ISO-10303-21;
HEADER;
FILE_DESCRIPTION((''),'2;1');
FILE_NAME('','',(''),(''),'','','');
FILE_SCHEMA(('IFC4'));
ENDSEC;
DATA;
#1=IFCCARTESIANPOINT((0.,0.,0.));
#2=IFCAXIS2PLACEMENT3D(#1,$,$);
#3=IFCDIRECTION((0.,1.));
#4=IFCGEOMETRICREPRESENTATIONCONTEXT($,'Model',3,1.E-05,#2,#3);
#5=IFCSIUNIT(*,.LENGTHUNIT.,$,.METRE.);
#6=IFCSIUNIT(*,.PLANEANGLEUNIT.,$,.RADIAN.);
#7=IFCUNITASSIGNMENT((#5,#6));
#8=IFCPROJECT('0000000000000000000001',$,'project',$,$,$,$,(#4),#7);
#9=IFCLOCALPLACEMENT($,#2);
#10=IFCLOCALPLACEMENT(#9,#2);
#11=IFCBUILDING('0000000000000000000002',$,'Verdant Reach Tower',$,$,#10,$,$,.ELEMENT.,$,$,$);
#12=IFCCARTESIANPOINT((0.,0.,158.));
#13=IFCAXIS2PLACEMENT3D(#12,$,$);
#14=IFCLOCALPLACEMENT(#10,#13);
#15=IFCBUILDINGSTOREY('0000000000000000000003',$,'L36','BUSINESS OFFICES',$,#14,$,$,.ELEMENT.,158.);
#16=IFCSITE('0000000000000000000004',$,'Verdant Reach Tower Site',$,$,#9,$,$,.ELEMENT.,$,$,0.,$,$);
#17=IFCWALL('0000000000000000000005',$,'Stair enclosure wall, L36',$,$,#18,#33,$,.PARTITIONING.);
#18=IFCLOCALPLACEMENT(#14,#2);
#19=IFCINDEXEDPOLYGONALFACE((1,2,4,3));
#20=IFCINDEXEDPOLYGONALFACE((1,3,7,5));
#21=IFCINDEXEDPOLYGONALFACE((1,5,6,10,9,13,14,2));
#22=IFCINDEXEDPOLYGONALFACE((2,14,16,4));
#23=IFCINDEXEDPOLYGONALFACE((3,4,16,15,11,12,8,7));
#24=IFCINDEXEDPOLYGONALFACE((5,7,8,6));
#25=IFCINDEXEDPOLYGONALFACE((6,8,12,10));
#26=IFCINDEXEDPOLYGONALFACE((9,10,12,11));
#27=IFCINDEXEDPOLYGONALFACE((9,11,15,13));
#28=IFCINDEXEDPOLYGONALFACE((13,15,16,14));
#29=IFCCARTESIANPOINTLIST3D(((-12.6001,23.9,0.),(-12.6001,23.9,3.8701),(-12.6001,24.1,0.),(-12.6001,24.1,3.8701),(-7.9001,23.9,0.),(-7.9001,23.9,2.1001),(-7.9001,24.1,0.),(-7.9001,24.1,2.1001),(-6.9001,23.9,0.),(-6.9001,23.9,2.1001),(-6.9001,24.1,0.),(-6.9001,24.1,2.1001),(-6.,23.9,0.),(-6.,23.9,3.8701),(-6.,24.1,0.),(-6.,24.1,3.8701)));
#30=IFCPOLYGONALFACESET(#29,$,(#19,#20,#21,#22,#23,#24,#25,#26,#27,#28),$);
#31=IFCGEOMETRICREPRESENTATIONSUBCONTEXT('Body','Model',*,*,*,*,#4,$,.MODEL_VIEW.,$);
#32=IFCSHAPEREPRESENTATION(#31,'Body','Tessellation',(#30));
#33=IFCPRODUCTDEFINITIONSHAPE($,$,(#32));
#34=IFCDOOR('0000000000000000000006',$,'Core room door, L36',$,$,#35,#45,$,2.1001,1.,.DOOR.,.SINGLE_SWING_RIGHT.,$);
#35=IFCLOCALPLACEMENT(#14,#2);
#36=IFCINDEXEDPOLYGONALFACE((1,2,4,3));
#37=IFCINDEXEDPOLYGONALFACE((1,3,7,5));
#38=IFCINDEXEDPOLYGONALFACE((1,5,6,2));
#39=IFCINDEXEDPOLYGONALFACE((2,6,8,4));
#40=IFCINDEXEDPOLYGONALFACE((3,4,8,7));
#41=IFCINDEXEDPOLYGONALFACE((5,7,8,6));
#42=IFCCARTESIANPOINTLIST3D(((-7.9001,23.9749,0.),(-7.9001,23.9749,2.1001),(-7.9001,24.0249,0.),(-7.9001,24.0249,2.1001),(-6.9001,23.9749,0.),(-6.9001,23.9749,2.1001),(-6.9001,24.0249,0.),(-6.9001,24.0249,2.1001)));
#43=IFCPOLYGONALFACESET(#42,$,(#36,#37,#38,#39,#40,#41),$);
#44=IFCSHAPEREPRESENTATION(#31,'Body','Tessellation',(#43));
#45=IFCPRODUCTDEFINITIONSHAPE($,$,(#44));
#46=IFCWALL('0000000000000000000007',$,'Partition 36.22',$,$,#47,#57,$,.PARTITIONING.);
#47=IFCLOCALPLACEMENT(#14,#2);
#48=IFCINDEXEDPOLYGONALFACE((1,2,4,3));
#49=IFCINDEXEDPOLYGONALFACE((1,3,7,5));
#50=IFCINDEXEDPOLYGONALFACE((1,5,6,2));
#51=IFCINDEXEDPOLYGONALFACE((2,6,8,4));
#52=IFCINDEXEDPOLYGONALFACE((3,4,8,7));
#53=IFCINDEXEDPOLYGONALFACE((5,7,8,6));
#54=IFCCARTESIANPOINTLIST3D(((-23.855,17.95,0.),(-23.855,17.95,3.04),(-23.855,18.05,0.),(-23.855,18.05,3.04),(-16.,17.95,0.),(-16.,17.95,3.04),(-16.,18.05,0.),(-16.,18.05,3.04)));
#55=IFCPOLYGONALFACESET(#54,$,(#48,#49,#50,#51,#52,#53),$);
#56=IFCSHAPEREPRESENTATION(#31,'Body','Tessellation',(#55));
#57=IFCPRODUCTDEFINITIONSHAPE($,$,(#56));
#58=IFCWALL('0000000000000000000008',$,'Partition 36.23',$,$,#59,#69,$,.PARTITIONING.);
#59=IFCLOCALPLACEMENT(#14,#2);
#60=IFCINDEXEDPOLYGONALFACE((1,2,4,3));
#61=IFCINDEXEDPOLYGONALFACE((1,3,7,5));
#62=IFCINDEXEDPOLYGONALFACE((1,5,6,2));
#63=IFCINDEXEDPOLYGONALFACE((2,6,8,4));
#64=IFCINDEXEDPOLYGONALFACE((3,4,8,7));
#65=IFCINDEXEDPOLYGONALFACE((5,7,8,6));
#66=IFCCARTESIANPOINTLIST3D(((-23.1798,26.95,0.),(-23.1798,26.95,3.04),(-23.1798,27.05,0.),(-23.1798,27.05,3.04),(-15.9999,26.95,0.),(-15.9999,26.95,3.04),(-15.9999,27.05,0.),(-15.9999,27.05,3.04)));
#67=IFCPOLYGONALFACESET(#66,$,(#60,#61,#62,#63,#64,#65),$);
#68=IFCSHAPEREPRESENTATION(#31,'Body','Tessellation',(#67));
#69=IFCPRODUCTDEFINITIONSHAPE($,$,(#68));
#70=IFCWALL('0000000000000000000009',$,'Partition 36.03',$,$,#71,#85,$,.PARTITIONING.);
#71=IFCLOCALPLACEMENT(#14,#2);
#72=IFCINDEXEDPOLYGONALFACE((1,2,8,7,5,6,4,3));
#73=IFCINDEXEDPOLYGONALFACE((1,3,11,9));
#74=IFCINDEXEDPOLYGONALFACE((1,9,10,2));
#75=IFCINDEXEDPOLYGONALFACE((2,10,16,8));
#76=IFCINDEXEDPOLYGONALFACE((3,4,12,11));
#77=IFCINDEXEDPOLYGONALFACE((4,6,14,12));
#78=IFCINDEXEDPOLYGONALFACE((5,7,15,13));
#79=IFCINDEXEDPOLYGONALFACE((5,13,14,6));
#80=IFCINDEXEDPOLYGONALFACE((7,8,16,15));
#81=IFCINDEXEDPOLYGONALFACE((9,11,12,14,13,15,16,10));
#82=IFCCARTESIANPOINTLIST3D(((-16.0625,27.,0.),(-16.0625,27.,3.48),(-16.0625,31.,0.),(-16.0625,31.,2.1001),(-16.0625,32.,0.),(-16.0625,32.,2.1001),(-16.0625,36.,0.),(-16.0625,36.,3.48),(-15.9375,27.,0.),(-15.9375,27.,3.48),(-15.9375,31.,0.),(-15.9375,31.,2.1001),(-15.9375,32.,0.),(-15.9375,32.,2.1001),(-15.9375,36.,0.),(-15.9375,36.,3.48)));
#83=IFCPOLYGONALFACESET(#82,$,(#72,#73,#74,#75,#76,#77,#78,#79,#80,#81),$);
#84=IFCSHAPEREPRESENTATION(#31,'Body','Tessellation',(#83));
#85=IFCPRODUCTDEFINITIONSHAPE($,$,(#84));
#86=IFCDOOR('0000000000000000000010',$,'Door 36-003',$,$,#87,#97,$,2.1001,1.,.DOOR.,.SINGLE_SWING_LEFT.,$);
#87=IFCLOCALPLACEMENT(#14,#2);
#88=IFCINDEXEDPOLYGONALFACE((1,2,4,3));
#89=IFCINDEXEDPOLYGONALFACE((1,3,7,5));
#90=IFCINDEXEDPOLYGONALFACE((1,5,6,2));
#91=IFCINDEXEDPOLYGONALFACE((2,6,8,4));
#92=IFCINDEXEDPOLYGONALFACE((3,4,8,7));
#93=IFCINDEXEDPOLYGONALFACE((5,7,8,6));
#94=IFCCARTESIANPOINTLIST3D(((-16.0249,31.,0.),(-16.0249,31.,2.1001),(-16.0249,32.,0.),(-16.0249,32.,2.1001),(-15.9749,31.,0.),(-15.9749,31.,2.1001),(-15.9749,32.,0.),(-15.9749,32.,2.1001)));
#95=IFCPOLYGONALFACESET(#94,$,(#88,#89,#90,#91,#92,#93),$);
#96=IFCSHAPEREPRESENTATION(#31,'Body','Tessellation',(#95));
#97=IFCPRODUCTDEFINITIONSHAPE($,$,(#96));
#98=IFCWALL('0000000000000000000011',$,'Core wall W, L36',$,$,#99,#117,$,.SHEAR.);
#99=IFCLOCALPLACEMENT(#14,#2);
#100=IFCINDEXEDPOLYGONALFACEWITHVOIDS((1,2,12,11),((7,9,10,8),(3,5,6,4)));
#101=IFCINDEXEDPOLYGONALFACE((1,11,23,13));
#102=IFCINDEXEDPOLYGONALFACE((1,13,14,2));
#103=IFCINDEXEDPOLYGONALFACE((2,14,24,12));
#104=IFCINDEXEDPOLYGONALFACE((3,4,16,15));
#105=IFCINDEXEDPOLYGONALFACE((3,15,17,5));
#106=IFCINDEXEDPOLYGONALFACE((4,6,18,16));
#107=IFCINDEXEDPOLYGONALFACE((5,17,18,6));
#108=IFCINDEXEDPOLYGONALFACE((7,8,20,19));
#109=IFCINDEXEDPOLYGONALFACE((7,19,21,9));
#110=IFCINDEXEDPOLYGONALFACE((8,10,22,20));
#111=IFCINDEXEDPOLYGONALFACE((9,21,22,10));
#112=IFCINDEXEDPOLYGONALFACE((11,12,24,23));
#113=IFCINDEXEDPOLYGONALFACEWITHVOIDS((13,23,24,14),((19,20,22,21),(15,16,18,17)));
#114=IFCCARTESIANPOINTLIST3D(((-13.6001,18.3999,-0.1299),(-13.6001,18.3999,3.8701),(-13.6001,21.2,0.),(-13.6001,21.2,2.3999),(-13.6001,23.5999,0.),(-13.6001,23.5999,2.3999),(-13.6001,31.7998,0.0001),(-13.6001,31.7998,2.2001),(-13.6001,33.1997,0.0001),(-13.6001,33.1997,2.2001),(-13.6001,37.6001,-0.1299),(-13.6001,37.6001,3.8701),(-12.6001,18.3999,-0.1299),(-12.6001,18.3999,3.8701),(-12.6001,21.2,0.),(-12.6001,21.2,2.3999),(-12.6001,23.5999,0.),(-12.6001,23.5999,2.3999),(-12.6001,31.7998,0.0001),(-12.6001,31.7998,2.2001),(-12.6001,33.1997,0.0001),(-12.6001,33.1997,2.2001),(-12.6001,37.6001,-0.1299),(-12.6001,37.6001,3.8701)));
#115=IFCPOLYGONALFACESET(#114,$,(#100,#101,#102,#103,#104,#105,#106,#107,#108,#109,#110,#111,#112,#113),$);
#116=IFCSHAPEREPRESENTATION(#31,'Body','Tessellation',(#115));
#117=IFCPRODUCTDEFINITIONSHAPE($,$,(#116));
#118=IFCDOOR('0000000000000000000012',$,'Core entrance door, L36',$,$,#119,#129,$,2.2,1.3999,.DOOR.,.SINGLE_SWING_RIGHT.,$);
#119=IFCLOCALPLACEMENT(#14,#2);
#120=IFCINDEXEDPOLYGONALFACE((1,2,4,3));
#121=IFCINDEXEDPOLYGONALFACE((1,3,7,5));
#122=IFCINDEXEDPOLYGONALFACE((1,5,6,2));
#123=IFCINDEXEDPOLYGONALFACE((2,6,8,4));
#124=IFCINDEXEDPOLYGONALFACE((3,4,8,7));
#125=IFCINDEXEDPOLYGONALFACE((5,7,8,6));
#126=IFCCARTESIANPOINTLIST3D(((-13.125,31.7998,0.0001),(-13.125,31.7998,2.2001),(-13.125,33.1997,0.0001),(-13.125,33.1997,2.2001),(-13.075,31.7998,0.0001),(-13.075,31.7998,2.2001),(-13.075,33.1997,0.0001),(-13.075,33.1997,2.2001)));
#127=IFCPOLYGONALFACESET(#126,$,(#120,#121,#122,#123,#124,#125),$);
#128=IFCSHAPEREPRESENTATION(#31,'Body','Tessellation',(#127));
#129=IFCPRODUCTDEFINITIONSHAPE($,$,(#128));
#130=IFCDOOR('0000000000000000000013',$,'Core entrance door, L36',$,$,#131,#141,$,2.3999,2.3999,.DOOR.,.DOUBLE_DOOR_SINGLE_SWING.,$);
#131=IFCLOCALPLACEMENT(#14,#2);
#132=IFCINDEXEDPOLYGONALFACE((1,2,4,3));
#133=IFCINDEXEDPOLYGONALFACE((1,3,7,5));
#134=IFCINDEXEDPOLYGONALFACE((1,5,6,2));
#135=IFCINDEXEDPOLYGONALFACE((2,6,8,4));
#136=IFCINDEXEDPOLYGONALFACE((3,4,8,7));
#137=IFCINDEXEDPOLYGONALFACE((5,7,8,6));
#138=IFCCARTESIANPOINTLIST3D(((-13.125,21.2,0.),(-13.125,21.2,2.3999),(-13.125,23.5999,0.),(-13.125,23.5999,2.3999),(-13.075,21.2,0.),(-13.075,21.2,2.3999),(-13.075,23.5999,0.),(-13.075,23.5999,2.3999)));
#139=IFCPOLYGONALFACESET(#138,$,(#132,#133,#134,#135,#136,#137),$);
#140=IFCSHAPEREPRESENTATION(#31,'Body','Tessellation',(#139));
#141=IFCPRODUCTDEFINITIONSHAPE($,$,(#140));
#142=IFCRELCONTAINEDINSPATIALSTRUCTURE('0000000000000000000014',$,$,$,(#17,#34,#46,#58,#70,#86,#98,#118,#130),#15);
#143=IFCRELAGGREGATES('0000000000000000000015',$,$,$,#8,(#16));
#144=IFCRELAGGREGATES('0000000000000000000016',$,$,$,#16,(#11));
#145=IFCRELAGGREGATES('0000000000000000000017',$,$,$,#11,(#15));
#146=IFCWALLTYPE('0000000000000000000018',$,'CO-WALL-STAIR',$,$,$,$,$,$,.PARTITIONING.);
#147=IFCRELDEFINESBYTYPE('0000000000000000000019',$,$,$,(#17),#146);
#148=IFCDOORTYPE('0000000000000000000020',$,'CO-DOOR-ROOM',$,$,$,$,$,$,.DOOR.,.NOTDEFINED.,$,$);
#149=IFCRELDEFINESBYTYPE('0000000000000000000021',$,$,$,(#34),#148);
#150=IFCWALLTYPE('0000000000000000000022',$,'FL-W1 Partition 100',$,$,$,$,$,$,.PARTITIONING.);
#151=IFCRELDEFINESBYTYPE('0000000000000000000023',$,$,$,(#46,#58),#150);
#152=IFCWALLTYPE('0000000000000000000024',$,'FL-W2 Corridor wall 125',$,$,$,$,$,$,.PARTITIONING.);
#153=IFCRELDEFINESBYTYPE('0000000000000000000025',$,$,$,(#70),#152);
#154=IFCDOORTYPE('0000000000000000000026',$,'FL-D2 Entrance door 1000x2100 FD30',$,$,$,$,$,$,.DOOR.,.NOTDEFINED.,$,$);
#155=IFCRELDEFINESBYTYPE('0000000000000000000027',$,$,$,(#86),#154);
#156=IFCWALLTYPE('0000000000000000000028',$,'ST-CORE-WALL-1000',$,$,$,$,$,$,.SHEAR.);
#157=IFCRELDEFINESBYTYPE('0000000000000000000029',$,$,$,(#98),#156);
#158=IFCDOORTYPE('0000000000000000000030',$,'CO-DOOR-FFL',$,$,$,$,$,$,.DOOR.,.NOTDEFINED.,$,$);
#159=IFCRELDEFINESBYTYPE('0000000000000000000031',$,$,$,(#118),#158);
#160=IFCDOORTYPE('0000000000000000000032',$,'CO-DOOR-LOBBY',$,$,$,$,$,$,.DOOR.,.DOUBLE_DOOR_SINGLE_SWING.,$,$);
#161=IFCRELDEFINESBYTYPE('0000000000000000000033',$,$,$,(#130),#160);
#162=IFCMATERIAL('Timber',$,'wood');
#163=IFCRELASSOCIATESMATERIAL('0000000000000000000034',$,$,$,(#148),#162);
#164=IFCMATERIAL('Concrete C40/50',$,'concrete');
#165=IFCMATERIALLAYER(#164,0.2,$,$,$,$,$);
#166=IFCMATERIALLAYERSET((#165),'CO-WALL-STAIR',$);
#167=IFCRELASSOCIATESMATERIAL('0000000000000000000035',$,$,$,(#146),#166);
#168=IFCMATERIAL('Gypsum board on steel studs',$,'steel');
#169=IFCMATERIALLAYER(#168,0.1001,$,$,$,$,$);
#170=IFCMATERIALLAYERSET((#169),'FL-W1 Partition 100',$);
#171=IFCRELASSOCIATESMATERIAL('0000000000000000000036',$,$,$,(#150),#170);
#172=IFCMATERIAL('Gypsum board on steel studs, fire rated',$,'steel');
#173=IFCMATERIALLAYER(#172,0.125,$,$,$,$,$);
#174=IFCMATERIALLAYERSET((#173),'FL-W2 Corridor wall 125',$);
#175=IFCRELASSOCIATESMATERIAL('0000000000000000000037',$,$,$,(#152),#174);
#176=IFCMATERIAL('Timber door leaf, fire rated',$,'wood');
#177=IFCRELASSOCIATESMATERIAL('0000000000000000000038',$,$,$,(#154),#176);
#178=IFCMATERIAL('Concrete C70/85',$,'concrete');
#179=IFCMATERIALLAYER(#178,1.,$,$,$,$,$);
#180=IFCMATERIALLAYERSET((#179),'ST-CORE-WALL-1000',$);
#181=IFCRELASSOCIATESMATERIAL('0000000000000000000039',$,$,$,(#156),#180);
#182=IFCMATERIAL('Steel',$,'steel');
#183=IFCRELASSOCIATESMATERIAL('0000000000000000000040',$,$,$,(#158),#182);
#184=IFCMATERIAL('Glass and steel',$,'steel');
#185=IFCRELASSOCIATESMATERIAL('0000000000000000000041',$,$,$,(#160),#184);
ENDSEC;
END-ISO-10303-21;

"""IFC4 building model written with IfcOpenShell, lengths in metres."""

from ifc_helpers import new_model, si_unit, direction, frame, frame_2d, origin, place, context, subcontext, project, spatial, rectangle, extrude, material, layer, layer_set, type_object, element, fill, save


model = new_model("IFC4")

# Units and contexts
model_context = context("Model", 3, precision=1e-05, world=origin(), true_north=direction((0.0, 1.0)))
body_context = subcontext(model_context, "Body", "Model", "MODEL_VIEW")
ifc_project = project(units=[si_unit("LENGTHUNIT", "METRE"), si_unit("PLANEANGLEUNIT", "RADIAN")], contexts=[model_context])

# Site, building, storey
site_placement = place(None, origin())
site = spatial("IfcSite", under=ifc_project, at=site_placement, Name="Verdant Reach Tower Site", CompositionType="ELEMENT", RefElevation=0.0)
building_placement = place(site_placement, origin())
building = spatial("IfcBuilding", under=site, at=building_placement, Name="Verdant Reach Tower", CompositionType="ELEMENT")
storey_placement = place(building_placement, frame((0.0, 0.0, 158.0)))
storey = spatial("IfcBuildingStorey", under=building, at=storey_placement, Name="L36", Description="BUSINESS OFFICES", CompositionType="ELEMENT", Elevation=158.0)

# Wall, opening, door
ifc_material_1 = material(Name="Gypsum board on steel studs", Category="steel")
ifc_material_2 = material(Name="Timber", Category="wood")
door_type_1 = type_object("IfcDoorType", Name="CO-DOOR-ROOM", OperationType="NOTDEFINED", PredefinedType="DOOR", material=ifc_material_2)
ifc_material_3 = material(Name="Concrete C40/50", Category="concrete")
ifc_layer_1 = layer(ifc_material_3, 0.2)
ifc_layer_set_1 = layer_set([ifc_layer_1], Name="CO-WALL-STAIR")
wall_type_1 = type_object("IfcWallType", Name="CO-WALL-STAIR", PredefinedType="PARTITIONING", material=ifc_layer_set_1)
wall_1_placement = place(storey_placement, frame((-12.6001, 24.0, 0.0), z_axis=(0.0, 0.0, 1.0), x_axis=(1.0, 0.0, 0.0)))
wall_1 = element("IfcWall", 1, at=wall_1_placement, inside=storey, type_object=wall_type_1, Name="Stair enclosure wall, L36", PredefinedType="PARTITIONING", context=body_context, shape_type="SweptSolid", body=[
    extrude(rectangle(XDim=6.6001, YDim=0.2, at=frame_2d((3.3, 0.0))), origin(), (0.0, 0.0, 1.0), 3.8701),
])
opening_1_placement = place(wall_1_placement, frame((4.7, 0.0, 0.0)))
opening_1 = element("IfcOpeningElement", 2, at=opening_1_placement, cuts=wall_1, PredefinedType="OPENING", context=body_context, shape_type="SweptSolid", body=[
    extrude(rectangle(XDim=1.0, YDim=2.1001, at=frame_2d((0.5, 1.05))), frame((0.0, 0.1099, 0.0), z_axis=(0.0, -1.0, 0.0), x_axis=(1.0, 0.0, 0.0)), (0.0, 0.0, 1.0), 0.22),
])
door_1_placement = place(opening_1_placement, origin())
door_1 = element("IfcDoor", 3, at=door_1_placement, inside=storey, type_object=door_type_1, Name="Core room door, L36", OperationType="SINGLE_SWING_RIGHT", OverallHeight=2.1001, OverallWidth=1.0, PredefinedType="DOOR", context=body_context, shape_type="SweptSolid", body=[
    extrude(rectangle(XDim=1.0, YDim=2.1001, at=frame_2d((0.5, 1.05))), frame((0.0, 0.0249, 0.0), z_axis=(0.0, -1.0, 0.0), x_axis=(1.0, 0.0, 0.0)), (0.0, 0.0, 1.0), 0.05),
])
fill(opening_1, door_1)

# Walls
ifc_layer_2 = layer(ifc_material_1, 0.1001)
ifc_layer_set_2 = layer_set([ifc_layer_2], Name="FL-W1 Partition 100")
wall_type_2 = type_object("IfcWallType", Name="FL-W1 Partition 100", PredefinedType="PARTITIONING", material=ifc_layer_set_2)
wall_2_placement = place(storey_placement, frame((-16.0, 18.0, 0.0), z_axis=(0.0, 0.0, 1.0), x_axis=(-1.0, 0.0, 0.0)))
element("IfcWall", 4, at=wall_2_placement, inside=storey, type_object=wall_type_2, Name="Partition 36.22", PredefinedType="PARTITIONING", context=body_context, shape_type="SweptSolid", body=[
    extrude(rectangle(XDim=7.855, YDim=0.1001, at=frame_2d((3.9275, 0.0))), origin(), (0.0, 0.0, 1.0), 3.04),
])
wall_3_placement = place(storey_placement, frame((-16.0, 27.0, 0.0), z_axis=(0.0, 0.0, 1.0), x_axis=(-1.0, 0.0, 0.0)))
element("IfcWall", 5, at=wall_3_placement, inside=storey, type_object=wall_type_2, Name="Partition 36.23", PredefinedType="PARTITIONING", context=body_context, shape_type="SweptSolid", body=[
    extrude(rectangle(XDim=7.1799, YDim=0.1001, at=frame_2d((3.5898, 0.0))), origin(), (0.0, 0.0, 1.0), 3.04),
])

# Wall, opening, door
ifc_material_4 = material(Name="Gypsum board on steel studs, fire rated", Category="steel")
ifc_layer_3 = layer(ifc_material_4, 0.125)
ifc_layer_set_3 = layer_set([ifc_layer_3], Name="FL-W2 Corridor wall 125")
wall_type_3 = type_object("IfcWallType", Name="FL-W2 Corridor wall 125", PredefinedType="PARTITIONING", material=ifc_layer_set_3)
wall_4_placement = place(storey_placement, frame((-16.0, 27.0, 0.0), z_axis=(0.0, 0.0, 1.0), x_axis=(0.0, 1.0, 0.0)))
wall_4 = element("IfcWall", 6, at=wall_4_placement, inside=storey, type_object=wall_type_3, Name="Partition 36.03", PredefinedType="PARTITIONING", context=body_context, shape_type="SweptSolid", body=[
    extrude(rectangle(XDim=9.0, YDim=0.125, at=frame_2d((4.5, 0.0))), origin(), (0.0, 0.0, 1.0), 3.48),
])
opening_2_placement = place(wall_4_placement, frame((4.0, 0.0, 0.0)))
opening_2 = element("IfcOpeningElement", 7, at=opening_2_placement, cuts=wall_4, PredefinedType="OPENING", context=body_context, shape_type="SweptSolid", body=[
    extrude(rectangle(XDim=1.0, YDim=2.1001, at=frame_2d((0.5, 1.05))), frame((0.0, 0.0725, 0.0), z_axis=(0.0, -1.0, 0.0), x_axis=(1.0, 0.0, 0.0)), (0.0, 0.0, 1.0), 0.145),
])
ifc_material_5 = material(Name="Timber door leaf, fire rated", Category="wood")
door_type_2 = type_object("IfcDoorType", Name="FL-D2 Entrance door 1000x2100 FD30", OperationType="NOTDEFINED", PredefinedType="DOOR", material=ifc_material_5)
door_2_placement = place(opening_2_placement, origin())
door_2 = element("IfcDoor", 8, at=door_2_placement, inside=storey, type_object=door_type_2, Name="Door 36-003", OperationType="SINGLE_SWING_LEFT", OverallHeight=2.1001, OverallWidth=1.0, PredefinedType="DOOR", context=body_context, shape_type="SweptSolid", body=[
    extrude(rectangle(XDim=1.0, YDim=2.1001, at=frame_2d((0.5, 1.05))), frame((0.0, 0.0249, 0.0), z_axis=(0.0, -1.0, 0.0), x_axis=(1.0, 0.0, 0.0)), (0.0, 0.0, 1.0), 0.05),
])
fill(opening_2, door_2)

# Wall, openings, doors
ifc_material_6 = material(Name="Concrete C70/85", Category="concrete")
ifc_layer_4 = layer(ifc_material_6, 1.0)
ifc_layer_set_4 = layer_set([ifc_layer_4], Name="ST-CORE-WALL-1000")
wall_type_4 = type_object("IfcWallType", Name="ST-CORE-WALL-1000", PredefinedType="SHEAR", material=ifc_layer_set_4)
wall_5_placement = place(storey_placement, frame((-13.1001, 18.3999, -0.1299), z_axis=(0.0, 0.0, 1.0), x_axis=(0.0, 1.0, 0.0)))
wall_5 = element("IfcWall", 9, at=wall_5_placement, inside=storey, type_object=wall_type_4, Name="Core wall W, L36", PredefinedType="SHEAR", context=body_context, shape_type="SweptSolid", body=[
    extrude(rectangle(XDim=19.2002, YDim=1.0, at=frame_2d((9.6001, 0.0))), origin(), (0.0, 0.0, 1.0), 4.0),
])
opening_3_placement = place(wall_5_placement, frame((2.8, 0.0, 0.1299)))
opening_3 = element("IfcOpeningElement", 10, at=opening_3_placement, cuts=wall_5, PredefinedType="OPENING", context=body_context, shape_type="SweptSolid", body=[
    extrude(rectangle(XDim=2.3999, YDim=2.3999, at=frame_2d((1.2, 1.2))), frame((0.0, 0.51, 0.0), z_axis=(0.0, -1.0, 0.0), x_axis=(1.0, 0.0, 0.0)), (0.0, 0.0, 1.0), 1.02),
])
opening_4_placement = place(wall_5_placement, frame((13.3999, 0.0, 0.1299)))
opening_4 = element("IfcOpeningElement", 11, at=opening_4_placement, cuts=wall_5, PredefinedType="OPENING", context=body_context, shape_type="SweptSolid", body=[
    extrude(rectangle(XDim=1.3999, YDim=2.2, at=frame_2d((0.7, 1.1001))), frame((0.0, 0.51, 0.0), z_axis=(0.0, -1.0, 0.0), x_axis=(1.0, 0.0, 0.0)), (0.0, 0.0, 1.0), 1.02),
])
ifc_material_7 = material(Name="Steel", Category="steel")
door_type_3 = type_object("IfcDoorType", Name="CO-DOOR-FFL", OperationType="NOTDEFINED", PredefinedType="DOOR", material=ifc_material_7)
door_3_placement = place(opening_4_placement, origin())
door_3 = element("IfcDoor", 12, at=door_3_placement, inside=storey, type_object=door_type_3, Name="Core entrance door, L36", OperationType="SINGLE_SWING_RIGHT", OverallHeight=2.2, OverallWidth=1.3999, PredefinedType="DOOR", context=body_context, shape_type="SweptSolid", body=[
    extrude(rectangle(XDim=1.3999, YDim=2.2, at=frame_2d((0.7, 1.1001))), frame((0.0, 0.0249, 0.0), z_axis=(0.0, -1.0, 0.0), x_axis=(1.0, 0.0, 0.0)), (0.0, 0.0, 1.0), 0.05),
])
fill(opening_4, door_3)
ifc_material_8 = material(Name="Glass and steel", Category="steel")
door_type_4 = type_object("IfcDoorType", Name="CO-DOOR-LOBBY", OperationType="DOUBLE_DOOR_SINGLE_SWING", PredefinedType="DOOR", material=ifc_material_8)
door_4_placement = place(opening_3_placement, origin())
door_4 = element("IfcDoor", 13, at=door_4_placement, inside=storey, type_object=door_type_4, Name="Core entrance door, L36", OperationType="DOUBLE_DOOR_SINGLE_SWING", OverallHeight=2.3999, OverallWidth=2.3999, PredefinedType="DOOR", context=body_context, shape_type="SweptSolid", body=[
    extrude(rectangle(XDim=2.3999, YDim=2.3999, at=frame_2d((1.2, 1.2))), frame((0.0, 0.0249, 0.0), z_axis=(0.0, -1.0, 0.0), x_axis=(1.0, 0.0, 0.0)), (0.0, 0.0, 1.0), 0.05),
])
fill(opening_3, door_4)

save(model, "model.ifc")
